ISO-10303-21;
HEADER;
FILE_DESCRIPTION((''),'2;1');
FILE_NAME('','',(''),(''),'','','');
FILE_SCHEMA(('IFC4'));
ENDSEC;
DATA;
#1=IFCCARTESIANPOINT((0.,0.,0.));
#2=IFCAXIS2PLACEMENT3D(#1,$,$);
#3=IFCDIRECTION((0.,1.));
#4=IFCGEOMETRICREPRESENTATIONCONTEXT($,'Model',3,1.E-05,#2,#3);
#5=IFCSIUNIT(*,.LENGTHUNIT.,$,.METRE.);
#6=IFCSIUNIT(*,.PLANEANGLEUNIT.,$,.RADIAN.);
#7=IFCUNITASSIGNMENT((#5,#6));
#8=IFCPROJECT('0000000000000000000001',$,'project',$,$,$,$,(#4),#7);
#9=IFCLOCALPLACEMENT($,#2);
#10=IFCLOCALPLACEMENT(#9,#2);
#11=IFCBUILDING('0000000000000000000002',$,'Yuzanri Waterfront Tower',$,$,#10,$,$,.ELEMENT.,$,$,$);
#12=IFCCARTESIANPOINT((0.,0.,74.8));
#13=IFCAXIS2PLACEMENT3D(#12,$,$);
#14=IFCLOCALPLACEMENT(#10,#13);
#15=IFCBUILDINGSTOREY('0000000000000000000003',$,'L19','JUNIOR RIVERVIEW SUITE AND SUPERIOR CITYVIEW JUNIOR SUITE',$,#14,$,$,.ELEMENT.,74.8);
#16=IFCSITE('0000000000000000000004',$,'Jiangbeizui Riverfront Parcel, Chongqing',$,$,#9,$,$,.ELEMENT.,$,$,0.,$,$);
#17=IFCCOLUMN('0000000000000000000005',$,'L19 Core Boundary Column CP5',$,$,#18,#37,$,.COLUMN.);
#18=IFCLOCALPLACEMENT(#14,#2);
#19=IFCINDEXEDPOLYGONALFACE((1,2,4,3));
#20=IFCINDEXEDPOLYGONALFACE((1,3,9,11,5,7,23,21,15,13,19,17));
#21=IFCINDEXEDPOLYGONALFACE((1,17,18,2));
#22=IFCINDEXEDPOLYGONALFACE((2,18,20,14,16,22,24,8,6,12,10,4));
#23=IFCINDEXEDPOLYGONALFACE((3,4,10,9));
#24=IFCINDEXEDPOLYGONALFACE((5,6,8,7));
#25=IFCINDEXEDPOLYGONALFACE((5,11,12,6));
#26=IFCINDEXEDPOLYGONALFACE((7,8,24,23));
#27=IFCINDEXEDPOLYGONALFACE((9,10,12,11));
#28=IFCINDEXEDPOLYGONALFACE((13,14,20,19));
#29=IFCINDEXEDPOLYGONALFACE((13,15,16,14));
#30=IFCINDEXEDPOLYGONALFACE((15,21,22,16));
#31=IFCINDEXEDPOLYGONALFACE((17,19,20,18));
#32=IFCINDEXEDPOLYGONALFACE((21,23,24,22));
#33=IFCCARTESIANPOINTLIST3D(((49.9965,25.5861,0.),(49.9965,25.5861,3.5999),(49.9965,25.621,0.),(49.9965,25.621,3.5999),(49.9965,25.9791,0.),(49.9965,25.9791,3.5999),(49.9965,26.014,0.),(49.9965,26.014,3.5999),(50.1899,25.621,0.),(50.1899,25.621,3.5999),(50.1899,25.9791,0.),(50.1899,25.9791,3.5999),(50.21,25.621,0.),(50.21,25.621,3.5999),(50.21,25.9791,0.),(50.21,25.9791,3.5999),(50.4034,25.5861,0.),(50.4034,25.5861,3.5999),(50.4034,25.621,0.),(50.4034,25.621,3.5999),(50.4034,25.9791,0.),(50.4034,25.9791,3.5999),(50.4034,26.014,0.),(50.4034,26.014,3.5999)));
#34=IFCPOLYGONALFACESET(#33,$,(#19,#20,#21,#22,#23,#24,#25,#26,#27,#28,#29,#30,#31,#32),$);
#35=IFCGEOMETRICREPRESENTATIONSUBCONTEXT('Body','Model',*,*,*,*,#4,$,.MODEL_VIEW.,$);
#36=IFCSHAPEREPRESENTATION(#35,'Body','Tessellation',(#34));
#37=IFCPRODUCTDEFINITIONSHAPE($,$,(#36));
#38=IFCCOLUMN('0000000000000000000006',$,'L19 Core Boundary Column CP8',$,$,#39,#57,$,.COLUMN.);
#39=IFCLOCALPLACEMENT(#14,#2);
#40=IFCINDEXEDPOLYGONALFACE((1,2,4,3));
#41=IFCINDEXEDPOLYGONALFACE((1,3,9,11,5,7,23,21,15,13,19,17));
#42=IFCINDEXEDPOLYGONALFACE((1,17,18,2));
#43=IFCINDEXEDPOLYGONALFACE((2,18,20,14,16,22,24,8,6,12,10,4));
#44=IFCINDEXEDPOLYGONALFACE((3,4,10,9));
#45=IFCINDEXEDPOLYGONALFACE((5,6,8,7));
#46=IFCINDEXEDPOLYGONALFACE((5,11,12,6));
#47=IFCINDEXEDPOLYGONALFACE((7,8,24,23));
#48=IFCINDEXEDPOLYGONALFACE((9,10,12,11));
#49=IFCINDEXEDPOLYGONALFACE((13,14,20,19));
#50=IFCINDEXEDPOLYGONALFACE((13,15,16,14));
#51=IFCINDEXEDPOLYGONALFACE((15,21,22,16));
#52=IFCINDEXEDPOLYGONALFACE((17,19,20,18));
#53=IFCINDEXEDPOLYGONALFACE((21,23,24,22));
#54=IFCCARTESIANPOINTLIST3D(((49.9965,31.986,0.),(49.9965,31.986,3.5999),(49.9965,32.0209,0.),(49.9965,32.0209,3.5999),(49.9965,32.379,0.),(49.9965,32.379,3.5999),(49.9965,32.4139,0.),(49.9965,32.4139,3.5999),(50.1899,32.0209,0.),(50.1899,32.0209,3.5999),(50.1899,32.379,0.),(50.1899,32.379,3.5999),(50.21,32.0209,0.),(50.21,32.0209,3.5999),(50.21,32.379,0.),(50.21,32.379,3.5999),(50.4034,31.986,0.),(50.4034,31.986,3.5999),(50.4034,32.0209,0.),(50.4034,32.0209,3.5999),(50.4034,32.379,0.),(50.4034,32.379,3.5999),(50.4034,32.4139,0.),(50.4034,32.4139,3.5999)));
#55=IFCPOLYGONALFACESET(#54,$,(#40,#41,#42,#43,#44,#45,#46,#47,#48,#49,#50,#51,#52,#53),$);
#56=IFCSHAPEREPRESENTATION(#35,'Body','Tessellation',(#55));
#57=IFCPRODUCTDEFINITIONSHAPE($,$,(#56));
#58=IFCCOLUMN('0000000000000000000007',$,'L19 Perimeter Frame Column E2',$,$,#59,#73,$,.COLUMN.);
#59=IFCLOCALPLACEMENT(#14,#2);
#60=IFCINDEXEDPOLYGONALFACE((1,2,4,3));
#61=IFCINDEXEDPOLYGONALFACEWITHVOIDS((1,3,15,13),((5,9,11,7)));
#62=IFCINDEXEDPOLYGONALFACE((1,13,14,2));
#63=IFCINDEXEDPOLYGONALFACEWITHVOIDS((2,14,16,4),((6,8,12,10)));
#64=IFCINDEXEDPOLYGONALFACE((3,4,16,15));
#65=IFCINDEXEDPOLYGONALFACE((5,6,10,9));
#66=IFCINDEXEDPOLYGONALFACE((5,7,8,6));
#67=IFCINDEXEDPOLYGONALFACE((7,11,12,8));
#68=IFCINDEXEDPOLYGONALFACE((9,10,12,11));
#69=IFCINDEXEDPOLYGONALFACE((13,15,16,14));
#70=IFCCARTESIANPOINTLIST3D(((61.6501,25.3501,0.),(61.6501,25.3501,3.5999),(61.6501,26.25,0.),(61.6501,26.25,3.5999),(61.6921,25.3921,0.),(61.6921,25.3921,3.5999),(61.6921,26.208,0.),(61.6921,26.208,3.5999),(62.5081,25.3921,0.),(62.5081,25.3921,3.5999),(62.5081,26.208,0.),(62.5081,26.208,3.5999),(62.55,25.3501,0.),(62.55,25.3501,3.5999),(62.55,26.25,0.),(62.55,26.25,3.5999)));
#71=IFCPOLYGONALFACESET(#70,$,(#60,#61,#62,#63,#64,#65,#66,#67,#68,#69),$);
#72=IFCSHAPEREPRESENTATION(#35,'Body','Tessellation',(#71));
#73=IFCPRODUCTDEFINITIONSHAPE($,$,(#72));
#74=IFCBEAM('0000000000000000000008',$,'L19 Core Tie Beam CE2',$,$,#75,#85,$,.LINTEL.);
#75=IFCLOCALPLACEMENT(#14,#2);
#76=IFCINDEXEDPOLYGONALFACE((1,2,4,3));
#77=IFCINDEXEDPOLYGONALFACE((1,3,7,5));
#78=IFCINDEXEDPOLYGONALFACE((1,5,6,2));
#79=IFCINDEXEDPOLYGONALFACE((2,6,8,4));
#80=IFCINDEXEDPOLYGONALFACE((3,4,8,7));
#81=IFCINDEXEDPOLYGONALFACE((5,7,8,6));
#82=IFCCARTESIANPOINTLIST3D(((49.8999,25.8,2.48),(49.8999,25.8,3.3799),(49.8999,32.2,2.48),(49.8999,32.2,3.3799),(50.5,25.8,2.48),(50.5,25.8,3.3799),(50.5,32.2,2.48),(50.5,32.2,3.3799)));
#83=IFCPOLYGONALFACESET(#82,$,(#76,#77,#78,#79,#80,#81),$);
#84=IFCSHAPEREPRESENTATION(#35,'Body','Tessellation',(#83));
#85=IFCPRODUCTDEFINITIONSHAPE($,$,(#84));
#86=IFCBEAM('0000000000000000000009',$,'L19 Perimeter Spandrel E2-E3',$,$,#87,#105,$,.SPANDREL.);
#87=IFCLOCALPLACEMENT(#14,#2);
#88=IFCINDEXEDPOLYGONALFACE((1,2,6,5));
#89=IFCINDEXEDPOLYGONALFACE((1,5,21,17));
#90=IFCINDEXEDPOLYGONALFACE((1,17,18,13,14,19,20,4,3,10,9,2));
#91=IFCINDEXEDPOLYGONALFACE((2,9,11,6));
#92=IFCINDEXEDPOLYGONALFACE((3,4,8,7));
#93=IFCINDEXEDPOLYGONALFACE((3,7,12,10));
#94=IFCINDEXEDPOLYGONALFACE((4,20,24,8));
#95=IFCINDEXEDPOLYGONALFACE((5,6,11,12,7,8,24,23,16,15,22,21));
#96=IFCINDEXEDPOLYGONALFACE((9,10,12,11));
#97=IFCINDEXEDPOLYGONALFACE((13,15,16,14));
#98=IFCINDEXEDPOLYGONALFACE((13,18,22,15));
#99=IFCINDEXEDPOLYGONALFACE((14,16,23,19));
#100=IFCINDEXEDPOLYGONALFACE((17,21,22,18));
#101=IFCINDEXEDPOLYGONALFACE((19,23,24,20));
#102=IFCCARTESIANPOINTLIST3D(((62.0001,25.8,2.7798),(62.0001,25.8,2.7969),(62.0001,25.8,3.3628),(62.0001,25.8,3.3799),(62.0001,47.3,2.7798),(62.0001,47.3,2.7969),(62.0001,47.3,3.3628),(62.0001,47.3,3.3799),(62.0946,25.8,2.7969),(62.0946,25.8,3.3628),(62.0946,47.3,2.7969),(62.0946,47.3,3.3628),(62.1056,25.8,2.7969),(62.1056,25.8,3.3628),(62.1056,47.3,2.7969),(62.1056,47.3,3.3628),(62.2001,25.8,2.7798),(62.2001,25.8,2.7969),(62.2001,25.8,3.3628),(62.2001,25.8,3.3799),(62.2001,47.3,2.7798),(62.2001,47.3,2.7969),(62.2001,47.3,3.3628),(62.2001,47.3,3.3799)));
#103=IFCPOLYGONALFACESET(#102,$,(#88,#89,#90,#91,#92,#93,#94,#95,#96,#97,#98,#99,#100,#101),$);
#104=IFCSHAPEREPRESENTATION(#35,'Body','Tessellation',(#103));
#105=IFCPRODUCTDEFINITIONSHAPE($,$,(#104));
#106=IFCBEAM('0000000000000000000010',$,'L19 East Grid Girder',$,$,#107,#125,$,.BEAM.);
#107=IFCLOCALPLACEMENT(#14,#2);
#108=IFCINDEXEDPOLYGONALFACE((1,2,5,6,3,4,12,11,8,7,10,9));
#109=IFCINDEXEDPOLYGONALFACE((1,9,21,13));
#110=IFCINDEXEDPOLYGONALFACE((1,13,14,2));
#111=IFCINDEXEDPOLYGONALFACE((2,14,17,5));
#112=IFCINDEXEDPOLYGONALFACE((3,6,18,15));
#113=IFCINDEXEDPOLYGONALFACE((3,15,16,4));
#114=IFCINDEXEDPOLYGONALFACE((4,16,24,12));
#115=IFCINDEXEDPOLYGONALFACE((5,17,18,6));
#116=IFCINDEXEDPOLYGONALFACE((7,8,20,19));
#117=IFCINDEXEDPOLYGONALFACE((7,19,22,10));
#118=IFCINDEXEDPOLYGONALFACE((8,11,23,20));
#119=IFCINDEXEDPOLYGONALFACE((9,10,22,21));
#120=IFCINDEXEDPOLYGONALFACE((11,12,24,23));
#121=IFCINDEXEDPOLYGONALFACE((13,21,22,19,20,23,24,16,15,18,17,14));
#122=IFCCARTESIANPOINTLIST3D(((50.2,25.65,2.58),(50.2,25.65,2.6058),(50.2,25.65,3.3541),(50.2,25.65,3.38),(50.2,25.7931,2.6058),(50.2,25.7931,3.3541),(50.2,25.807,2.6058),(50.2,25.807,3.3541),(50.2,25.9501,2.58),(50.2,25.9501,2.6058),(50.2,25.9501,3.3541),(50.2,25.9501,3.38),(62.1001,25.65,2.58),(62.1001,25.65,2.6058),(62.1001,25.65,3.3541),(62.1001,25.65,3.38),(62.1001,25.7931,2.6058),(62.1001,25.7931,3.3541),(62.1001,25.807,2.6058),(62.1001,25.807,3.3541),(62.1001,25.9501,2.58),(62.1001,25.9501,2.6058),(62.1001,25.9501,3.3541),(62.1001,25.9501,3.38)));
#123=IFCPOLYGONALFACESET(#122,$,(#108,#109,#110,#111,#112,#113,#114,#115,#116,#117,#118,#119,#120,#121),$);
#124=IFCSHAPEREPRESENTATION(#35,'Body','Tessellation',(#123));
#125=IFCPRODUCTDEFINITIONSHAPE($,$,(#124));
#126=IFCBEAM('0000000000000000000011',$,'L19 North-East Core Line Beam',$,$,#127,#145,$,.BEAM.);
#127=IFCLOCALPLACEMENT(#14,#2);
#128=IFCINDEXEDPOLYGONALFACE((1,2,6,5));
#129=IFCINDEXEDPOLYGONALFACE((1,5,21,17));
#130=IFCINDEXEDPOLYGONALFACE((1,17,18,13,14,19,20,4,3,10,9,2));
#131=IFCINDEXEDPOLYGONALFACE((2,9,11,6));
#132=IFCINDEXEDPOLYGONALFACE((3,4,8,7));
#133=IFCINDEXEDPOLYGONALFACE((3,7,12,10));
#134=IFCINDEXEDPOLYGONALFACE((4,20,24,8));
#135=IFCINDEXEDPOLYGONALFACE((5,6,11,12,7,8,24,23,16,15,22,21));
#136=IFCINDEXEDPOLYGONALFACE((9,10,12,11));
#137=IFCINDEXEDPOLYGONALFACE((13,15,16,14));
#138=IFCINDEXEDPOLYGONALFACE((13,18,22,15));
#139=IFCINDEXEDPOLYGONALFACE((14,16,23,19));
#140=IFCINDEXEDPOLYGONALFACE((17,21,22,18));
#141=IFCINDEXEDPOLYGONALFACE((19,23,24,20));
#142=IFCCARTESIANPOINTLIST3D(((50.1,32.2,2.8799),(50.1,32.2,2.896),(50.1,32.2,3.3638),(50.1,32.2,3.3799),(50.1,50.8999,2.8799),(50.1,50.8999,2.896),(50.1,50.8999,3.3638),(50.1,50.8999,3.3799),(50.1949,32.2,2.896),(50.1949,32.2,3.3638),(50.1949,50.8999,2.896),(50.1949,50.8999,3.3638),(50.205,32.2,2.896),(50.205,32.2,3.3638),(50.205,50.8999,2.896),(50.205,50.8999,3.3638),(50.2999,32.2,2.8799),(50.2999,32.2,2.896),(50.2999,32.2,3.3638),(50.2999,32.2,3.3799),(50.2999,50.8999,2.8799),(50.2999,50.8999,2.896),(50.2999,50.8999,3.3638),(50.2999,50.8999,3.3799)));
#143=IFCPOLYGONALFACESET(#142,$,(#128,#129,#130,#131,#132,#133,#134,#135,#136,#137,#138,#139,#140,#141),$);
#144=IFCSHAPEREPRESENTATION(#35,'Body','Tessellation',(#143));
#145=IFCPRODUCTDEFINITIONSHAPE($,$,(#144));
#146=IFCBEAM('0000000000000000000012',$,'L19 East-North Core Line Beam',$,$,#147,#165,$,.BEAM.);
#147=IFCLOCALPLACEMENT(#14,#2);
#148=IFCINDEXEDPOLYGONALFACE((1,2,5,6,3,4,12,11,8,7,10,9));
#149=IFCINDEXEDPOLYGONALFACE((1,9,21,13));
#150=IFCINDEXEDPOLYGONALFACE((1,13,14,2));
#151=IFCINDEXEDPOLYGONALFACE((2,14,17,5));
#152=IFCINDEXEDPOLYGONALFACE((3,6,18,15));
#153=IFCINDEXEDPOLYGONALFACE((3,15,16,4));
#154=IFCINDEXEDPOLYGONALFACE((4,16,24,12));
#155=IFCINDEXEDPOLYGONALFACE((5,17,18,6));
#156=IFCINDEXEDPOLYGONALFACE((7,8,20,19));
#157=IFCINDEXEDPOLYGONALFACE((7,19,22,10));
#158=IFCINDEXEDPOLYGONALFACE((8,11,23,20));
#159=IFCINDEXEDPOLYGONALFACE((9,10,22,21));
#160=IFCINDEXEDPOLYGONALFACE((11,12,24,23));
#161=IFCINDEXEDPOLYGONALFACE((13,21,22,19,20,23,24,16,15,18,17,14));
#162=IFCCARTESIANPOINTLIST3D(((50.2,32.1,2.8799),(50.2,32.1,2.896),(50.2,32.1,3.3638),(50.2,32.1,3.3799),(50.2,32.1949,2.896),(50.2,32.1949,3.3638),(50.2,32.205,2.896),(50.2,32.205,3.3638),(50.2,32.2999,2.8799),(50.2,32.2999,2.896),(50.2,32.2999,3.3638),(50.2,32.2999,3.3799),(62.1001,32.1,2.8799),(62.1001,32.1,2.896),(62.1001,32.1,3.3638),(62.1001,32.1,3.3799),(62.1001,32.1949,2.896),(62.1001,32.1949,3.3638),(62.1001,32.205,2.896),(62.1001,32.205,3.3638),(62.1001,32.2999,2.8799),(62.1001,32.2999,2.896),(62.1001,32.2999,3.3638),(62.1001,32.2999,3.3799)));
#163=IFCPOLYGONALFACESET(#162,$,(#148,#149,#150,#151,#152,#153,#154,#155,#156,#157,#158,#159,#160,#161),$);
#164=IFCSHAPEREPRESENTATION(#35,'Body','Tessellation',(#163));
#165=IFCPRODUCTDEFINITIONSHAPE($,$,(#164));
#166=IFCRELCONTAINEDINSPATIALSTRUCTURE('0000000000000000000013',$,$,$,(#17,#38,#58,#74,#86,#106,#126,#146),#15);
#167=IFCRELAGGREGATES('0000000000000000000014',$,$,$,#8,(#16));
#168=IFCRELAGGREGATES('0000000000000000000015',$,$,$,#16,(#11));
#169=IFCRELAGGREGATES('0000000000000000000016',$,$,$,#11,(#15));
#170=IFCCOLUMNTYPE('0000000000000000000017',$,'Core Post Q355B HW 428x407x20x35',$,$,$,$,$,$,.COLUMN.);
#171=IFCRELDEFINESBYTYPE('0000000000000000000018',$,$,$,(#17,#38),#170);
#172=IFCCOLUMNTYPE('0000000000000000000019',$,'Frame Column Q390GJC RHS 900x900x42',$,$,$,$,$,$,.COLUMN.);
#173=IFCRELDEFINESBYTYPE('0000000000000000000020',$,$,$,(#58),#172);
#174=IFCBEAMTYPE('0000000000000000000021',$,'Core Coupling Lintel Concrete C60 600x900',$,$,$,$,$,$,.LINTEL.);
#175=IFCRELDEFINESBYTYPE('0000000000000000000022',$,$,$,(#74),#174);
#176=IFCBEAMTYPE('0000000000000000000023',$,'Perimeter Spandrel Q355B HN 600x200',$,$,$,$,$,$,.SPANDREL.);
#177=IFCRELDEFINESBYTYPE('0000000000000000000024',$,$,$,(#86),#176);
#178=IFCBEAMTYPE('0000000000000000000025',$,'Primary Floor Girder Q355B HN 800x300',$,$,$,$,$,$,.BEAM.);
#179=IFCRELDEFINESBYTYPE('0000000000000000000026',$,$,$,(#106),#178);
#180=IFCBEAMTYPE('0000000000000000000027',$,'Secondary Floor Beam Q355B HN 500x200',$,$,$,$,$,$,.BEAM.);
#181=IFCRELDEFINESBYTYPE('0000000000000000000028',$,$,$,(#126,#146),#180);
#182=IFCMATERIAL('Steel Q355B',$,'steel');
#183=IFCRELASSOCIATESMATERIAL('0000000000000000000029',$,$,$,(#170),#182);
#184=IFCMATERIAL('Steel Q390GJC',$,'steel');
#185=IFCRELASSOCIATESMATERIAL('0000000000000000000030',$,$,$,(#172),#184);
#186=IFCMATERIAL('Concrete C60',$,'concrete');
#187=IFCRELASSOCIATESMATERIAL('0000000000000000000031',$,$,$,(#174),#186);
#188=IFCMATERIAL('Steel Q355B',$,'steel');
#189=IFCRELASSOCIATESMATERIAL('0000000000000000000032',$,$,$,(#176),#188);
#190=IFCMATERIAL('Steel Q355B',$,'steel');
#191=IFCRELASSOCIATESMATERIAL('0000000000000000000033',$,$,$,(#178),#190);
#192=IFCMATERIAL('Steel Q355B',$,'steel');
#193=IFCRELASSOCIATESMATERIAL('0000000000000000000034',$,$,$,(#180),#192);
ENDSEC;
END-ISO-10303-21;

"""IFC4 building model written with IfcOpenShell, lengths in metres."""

from ifc_helpers import new_model, si_unit, direction, frame, origin, origin_2d, place, context, subcontext, project, spatial, rectangle, hollow_rectangle, i_section, extrude, source, transform, mapped, material, material_profile, profile_set, type_object, element, save


model = new_model("IFC4")

# Units and contexts
model_context = context("Model", 3, precision=1e-05, world=origin(), true_north=direction((0.0, 1.0)))
body_context = subcontext(model_context, "Body", "Model", "MODEL_VIEW")
ifc_project = project(units=[si_unit("LENGTHUNIT", "METRE"), si_unit("PLANEANGLEUNIT", "RADIAN")], contexts=[model_context])

# Site, building, storey
site_placement = place(None, origin())
site = spatial("IfcSite", under=ifc_project, at=site_placement, Name="Jiangbeizui Riverfront Parcel, Chongqing", CompositionType="ELEMENT", RefElevation=0.0)
building_placement = place(site_placement, origin())
building = spatial("IfcBuilding", under=site, at=building_placement, Name="Yuzanri Waterfront Tower", CompositionType="ELEMENT")
storey_placement = place(building_placement, frame((0.0, 0.0, 74.8)))
storey = spatial("IfcBuildingStorey", under=building, at=storey_placement, Name="L19", Description="JUNIOR RIVERVIEW SUITE AND SUPERIOR CITYVIEW JUNIOR SUITE", CompositionType="ELEMENT", Elevation=74.8)

# Columns
ifc_material_1 = material(Name="Steel Q355B", Category="steel")
ifc_material_profile_1 = material_profile(ifc_material_1, i_section(OverallWidth=0.407, OverallDepth=0.428, WebThickness=0.02, FlangeThickness=0.0349, at=origin_2d()), Name="HW 428x407x20x35")
ifc_profile_set_1 = profile_set([ifc_material_profile_1], Name="Steel Q355B")
column_type_1 = type_object("IfcColumnType", Name="Core Post Q355B HW 428x407x20x35", PredefinedType="COLUMN", material=ifc_profile_set_1)
shared_shape_1 = source(origin(), body_context, "Body", "SweptSolid", [
    extrude(i_section(OverallWidth=0.407, OverallDepth=0.428, WebThickness=0.02, FlangeThickness=0.0349, at=origin_2d()), origin(), (0.0, 0.0, 1.0), 3.5999),
])
for number, where, z_axis, x_axis, name in (
    (1, (50.2, 25.8, 0.0), (0.0, 0.0, 1.0), (1.0, 0.0, 0.0), "L19 Core Boundary Column CP5"),
    (2, (50.2, 32.2, 0.0), (0.0, 0.0, 1.0), (1.0, 0.0, 0.0), "L19 Core Boundary Column CP8"),
):
    element("IfcColumn", number, at=place(storey_placement, frame(where, z_axis=z_axis, x_axis=x_axis)), inside=storey, type_object=column_type_1, Name=name, PredefinedType="COLUMN", context=body_context, shape_type="MappedRepresentation", body=[
        mapped(shared_shape_1, transform((0.0, 0.0, 0.0), scale=1.0)),
    ])
ifc_material_2 = material(Name="Steel Q390GJC", Category="steel")
ifc_material_profile_2 = material_profile(ifc_material_2, hollow_rectangle(XDim=0.8999, YDim=0.8999, WallThickness=0.042, at=origin_2d()), Name="RHS 900x900x42")
ifc_profile_set_2 = profile_set([ifc_material_profile_2], Name="Steel Q390GJC")
column_type_2 = type_object("IfcColumnType", Name="Frame Column Q390GJC RHS 900x900x42", PredefinedType="COLUMN", material=ifc_profile_set_2)
shared_shape_2 = source(origin(), body_context, "Body", "SweptSolid", [
    extrude(hollow_rectangle(XDim=0.8999, YDim=0.8999, WallThickness=0.042, at=origin_2d()), origin(), (0.0, 0.0, 1.0), 3.5999),
])
column_placement = place(storey_placement, frame((62.1001, 25.8, 0.0), z_axis=(0.0, 0.0, 1.0), x_axis=(1.0, 0.0, 0.0)))
element("IfcColumn", 3, at=column_placement, inside=storey, type_object=column_type_2, Name="L19 Perimeter Frame Column E2", PredefinedType="COLUMN", context=body_context, shape_type="MappedRepresentation", body=[
    mapped(shared_shape_2, transform((0.0, 0.0, 0.0), scale=1.0)),
])

# Beams
ifc_material_3 = material(Name="Concrete C60", Category="concrete")
ifc_material_profile_3 = material_profile(ifc_material_3, rectangle(XDim=0.6001, YDim=0.8999, at=origin_2d()), Name="RC 600x900")
ifc_profile_set_3 = profile_set([ifc_material_profile_3], Name="Concrete C60")
beam_type_1 = type_object("IfcBeamType", Name="Core Coupling Lintel Concrete C60 600x900", PredefinedType="LINTEL", material=ifc_profile_set_3)
shared_shape_3 = source(origin(), body_context, "Body", "SweptSolid", [
    extrude(rectangle(XDim=0.6001, YDim=0.8999, at=origin_2d()), origin(), (0.0, 0.0, 1.0), 6.3999),
])
beam_1_placement = place(storey_placement, frame((50.2, 25.8, 2.9299), z_axis=(0.0, 1.0, 0.0), x_axis=(-1.0, 0.0, 0.0)))
element("IfcBeam", 4, at=beam_1_placement, inside=storey, type_object=beam_type_1, Name="L19 Core Tie Beam CE2", PredefinedType="LINTEL", context=body_context, shape_type="MappedRepresentation", body=[
    mapped(shared_shape_3, transform((0.0, 0.0, 0.0), scale=1.0)),
])
ifc_material_4 = material(Name="Steel Q355B", Category="steel")
ifc_material_profile_4 = material_profile(ifc_material_4, i_section(OverallWidth=0.2, OverallDepth=0.6001, WebThickness=0.011, FlangeThickness=0.0171, at=origin_2d()), Name="HN 600x200x11x17")
ifc_profile_set_4 = profile_set([ifc_material_profile_4], Name="Steel Q355B")
beam_type_2 = type_object("IfcBeamType", Name="Perimeter Spandrel Q355B HN 600x200", PredefinedType="SPANDREL", material=ifc_profile_set_4)
shared_shape_4 = source(origin(), body_context, "Body", "SweptSolid", [
    extrude(i_section(OverallWidth=0.2, OverallDepth=0.6001, WebThickness=0.011, FlangeThickness=0.0171, at=origin_2d()), origin(), (0.0, 0.0, 1.0), 21.5),
])
beam_2_placement = place(storey_placement, frame((62.1001, 25.8, 3.0798), z_axis=(0.0, 1.0, 0.0), x_axis=(-1.0, 0.0, 0.0)))
element("IfcBeam", 5, at=beam_2_placement, inside=storey, type_object=beam_type_2, Name="L19 Perimeter Spandrel E2-E3", PredefinedType="SPANDREL", context=body_context, shape_type="MappedRepresentation", body=[
    mapped(shared_shape_4, transform((0.0, 0.0, 0.0), scale=1.0)),
])
ifc_material_5 = material(Name="Steel Q355B", Category="steel")
ifc_material_profile_5 = material_profile(ifc_material_5, i_section(OverallWidth=0.3, OverallDepth=0.8, WebThickness=0.0139, FlangeThickness=0.0259, at=origin_2d()), Name="HN 800x300x14x26")
ifc_profile_set_5 = profile_set([ifc_material_profile_5], Name="Steel Q355B")
beam_type_3 = type_object("IfcBeamType", Name="Primary Floor Girder Q355B HN 800x300", PredefinedType="BEAM", material=ifc_profile_set_5)
shared_shape_5 = source(origin(), body_context, "Body", "SweptSolid", [
    extrude(i_section(OverallWidth=0.3, OverallDepth=0.8, WebThickness=0.0139, FlangeThickness=0.0259, at=origin_2d()), origin(), (0.0, 0.0, 1.0), 11.9001),
])
beam_3_placement = place(storey_placement, frame((50.2, 25.8, 2.98), z_axis=(1.0, 0.0, 0.0), x_axis=(0.0, 1.0, 0.0)))
element("IfcBeam", 6, at=beam_3_placement, inside=storey, type_object=beam_type_3, Name="L19 East Grid Girder", PredefinedType="BEAM", context=body_context, shape_type="MappedRepresentation", body=[
    mapped(shared_shape_5, transform((0.0, 0.0, 0.0), scale=1.0)),
])
ifc_material_6 = material(Name="Steel Q355B", Category="steel")
ifc_material_profile_6 = material_profile(ifc_material_6, i_section(OverallWidth=0.2, OverallDepth=0.5, WebThickness=0.01, FlangeThickness=0.0161, at=origin_2d()), Name="HN 500x200x10x16")
ifc_profile_set_6 = profile_set([ifc_material_profile_6], Name="Steel Q355B")
beam_type_4 = type_object("IfcBeamType", Name="Secondary Floor Beam Q355B HN 500x200", PredefinedType="BEAM", material=ifc_profile_set_6)
shared_shape_6 = source(origin(), body_context, "Body", "SweptSolid", [
    extrude(i_section(OverallWidth=0.2, OverallDepth=0.5, WebThickness=0.01, FlangeThickness=0.0161, at=origin_2d()), origin(), (0.0, 0.0, 1.0), 18.7),
])
beam_4_placement = place(storey_placement, frame((50.2, 32.2, 3.1299), z_axis=(0.0, 1.0, 0.0), x_axis=(-1.0, 0.0, 0.0)))
element("IfcBeam", 7, at=beam_4_placement, inside=storey, type_object=beam_type_4, Name="L19 North-East Core Line Beam", PredefinedType="BEAM", context=body_context, shape_type="MappedRepresentation", body=[
    mapped(shared_shape_6, transform((0.0, 0.0, 0.0), scale=1.0)),
])
shared_shape_7 = source(origin(), body_context, "Body", "SweptSolid", [
    extrude(i_section(OverallWidth=0.2, OverallDepth=0.5, WebThickness=0.01, FlangeThickness=0.0161, at=origin_2d()), origin(), (0.0, 0.0, 1.0), 11.9001),
])
beam_5_placement = place(storey_placement, frame((50.2, 32.2, 3.1299), z_axis=(1.0, 0.0, 0.0), x_axis=(0.0, 1.0, 0.0)))
element("IfcBeam", 8, at=beam_5_placement, inside=storey, type_object=beam_type_4, Name="L19 East-North Core Line Beam", PredefinedType="BEAM", context=body_context, shape_type="MappedRepresentation", body=[
    mapped(shared_shape_7, transform((0.0, 0.0, 0.0), scale=1.0)),
])

save(model, "model.ifc")
